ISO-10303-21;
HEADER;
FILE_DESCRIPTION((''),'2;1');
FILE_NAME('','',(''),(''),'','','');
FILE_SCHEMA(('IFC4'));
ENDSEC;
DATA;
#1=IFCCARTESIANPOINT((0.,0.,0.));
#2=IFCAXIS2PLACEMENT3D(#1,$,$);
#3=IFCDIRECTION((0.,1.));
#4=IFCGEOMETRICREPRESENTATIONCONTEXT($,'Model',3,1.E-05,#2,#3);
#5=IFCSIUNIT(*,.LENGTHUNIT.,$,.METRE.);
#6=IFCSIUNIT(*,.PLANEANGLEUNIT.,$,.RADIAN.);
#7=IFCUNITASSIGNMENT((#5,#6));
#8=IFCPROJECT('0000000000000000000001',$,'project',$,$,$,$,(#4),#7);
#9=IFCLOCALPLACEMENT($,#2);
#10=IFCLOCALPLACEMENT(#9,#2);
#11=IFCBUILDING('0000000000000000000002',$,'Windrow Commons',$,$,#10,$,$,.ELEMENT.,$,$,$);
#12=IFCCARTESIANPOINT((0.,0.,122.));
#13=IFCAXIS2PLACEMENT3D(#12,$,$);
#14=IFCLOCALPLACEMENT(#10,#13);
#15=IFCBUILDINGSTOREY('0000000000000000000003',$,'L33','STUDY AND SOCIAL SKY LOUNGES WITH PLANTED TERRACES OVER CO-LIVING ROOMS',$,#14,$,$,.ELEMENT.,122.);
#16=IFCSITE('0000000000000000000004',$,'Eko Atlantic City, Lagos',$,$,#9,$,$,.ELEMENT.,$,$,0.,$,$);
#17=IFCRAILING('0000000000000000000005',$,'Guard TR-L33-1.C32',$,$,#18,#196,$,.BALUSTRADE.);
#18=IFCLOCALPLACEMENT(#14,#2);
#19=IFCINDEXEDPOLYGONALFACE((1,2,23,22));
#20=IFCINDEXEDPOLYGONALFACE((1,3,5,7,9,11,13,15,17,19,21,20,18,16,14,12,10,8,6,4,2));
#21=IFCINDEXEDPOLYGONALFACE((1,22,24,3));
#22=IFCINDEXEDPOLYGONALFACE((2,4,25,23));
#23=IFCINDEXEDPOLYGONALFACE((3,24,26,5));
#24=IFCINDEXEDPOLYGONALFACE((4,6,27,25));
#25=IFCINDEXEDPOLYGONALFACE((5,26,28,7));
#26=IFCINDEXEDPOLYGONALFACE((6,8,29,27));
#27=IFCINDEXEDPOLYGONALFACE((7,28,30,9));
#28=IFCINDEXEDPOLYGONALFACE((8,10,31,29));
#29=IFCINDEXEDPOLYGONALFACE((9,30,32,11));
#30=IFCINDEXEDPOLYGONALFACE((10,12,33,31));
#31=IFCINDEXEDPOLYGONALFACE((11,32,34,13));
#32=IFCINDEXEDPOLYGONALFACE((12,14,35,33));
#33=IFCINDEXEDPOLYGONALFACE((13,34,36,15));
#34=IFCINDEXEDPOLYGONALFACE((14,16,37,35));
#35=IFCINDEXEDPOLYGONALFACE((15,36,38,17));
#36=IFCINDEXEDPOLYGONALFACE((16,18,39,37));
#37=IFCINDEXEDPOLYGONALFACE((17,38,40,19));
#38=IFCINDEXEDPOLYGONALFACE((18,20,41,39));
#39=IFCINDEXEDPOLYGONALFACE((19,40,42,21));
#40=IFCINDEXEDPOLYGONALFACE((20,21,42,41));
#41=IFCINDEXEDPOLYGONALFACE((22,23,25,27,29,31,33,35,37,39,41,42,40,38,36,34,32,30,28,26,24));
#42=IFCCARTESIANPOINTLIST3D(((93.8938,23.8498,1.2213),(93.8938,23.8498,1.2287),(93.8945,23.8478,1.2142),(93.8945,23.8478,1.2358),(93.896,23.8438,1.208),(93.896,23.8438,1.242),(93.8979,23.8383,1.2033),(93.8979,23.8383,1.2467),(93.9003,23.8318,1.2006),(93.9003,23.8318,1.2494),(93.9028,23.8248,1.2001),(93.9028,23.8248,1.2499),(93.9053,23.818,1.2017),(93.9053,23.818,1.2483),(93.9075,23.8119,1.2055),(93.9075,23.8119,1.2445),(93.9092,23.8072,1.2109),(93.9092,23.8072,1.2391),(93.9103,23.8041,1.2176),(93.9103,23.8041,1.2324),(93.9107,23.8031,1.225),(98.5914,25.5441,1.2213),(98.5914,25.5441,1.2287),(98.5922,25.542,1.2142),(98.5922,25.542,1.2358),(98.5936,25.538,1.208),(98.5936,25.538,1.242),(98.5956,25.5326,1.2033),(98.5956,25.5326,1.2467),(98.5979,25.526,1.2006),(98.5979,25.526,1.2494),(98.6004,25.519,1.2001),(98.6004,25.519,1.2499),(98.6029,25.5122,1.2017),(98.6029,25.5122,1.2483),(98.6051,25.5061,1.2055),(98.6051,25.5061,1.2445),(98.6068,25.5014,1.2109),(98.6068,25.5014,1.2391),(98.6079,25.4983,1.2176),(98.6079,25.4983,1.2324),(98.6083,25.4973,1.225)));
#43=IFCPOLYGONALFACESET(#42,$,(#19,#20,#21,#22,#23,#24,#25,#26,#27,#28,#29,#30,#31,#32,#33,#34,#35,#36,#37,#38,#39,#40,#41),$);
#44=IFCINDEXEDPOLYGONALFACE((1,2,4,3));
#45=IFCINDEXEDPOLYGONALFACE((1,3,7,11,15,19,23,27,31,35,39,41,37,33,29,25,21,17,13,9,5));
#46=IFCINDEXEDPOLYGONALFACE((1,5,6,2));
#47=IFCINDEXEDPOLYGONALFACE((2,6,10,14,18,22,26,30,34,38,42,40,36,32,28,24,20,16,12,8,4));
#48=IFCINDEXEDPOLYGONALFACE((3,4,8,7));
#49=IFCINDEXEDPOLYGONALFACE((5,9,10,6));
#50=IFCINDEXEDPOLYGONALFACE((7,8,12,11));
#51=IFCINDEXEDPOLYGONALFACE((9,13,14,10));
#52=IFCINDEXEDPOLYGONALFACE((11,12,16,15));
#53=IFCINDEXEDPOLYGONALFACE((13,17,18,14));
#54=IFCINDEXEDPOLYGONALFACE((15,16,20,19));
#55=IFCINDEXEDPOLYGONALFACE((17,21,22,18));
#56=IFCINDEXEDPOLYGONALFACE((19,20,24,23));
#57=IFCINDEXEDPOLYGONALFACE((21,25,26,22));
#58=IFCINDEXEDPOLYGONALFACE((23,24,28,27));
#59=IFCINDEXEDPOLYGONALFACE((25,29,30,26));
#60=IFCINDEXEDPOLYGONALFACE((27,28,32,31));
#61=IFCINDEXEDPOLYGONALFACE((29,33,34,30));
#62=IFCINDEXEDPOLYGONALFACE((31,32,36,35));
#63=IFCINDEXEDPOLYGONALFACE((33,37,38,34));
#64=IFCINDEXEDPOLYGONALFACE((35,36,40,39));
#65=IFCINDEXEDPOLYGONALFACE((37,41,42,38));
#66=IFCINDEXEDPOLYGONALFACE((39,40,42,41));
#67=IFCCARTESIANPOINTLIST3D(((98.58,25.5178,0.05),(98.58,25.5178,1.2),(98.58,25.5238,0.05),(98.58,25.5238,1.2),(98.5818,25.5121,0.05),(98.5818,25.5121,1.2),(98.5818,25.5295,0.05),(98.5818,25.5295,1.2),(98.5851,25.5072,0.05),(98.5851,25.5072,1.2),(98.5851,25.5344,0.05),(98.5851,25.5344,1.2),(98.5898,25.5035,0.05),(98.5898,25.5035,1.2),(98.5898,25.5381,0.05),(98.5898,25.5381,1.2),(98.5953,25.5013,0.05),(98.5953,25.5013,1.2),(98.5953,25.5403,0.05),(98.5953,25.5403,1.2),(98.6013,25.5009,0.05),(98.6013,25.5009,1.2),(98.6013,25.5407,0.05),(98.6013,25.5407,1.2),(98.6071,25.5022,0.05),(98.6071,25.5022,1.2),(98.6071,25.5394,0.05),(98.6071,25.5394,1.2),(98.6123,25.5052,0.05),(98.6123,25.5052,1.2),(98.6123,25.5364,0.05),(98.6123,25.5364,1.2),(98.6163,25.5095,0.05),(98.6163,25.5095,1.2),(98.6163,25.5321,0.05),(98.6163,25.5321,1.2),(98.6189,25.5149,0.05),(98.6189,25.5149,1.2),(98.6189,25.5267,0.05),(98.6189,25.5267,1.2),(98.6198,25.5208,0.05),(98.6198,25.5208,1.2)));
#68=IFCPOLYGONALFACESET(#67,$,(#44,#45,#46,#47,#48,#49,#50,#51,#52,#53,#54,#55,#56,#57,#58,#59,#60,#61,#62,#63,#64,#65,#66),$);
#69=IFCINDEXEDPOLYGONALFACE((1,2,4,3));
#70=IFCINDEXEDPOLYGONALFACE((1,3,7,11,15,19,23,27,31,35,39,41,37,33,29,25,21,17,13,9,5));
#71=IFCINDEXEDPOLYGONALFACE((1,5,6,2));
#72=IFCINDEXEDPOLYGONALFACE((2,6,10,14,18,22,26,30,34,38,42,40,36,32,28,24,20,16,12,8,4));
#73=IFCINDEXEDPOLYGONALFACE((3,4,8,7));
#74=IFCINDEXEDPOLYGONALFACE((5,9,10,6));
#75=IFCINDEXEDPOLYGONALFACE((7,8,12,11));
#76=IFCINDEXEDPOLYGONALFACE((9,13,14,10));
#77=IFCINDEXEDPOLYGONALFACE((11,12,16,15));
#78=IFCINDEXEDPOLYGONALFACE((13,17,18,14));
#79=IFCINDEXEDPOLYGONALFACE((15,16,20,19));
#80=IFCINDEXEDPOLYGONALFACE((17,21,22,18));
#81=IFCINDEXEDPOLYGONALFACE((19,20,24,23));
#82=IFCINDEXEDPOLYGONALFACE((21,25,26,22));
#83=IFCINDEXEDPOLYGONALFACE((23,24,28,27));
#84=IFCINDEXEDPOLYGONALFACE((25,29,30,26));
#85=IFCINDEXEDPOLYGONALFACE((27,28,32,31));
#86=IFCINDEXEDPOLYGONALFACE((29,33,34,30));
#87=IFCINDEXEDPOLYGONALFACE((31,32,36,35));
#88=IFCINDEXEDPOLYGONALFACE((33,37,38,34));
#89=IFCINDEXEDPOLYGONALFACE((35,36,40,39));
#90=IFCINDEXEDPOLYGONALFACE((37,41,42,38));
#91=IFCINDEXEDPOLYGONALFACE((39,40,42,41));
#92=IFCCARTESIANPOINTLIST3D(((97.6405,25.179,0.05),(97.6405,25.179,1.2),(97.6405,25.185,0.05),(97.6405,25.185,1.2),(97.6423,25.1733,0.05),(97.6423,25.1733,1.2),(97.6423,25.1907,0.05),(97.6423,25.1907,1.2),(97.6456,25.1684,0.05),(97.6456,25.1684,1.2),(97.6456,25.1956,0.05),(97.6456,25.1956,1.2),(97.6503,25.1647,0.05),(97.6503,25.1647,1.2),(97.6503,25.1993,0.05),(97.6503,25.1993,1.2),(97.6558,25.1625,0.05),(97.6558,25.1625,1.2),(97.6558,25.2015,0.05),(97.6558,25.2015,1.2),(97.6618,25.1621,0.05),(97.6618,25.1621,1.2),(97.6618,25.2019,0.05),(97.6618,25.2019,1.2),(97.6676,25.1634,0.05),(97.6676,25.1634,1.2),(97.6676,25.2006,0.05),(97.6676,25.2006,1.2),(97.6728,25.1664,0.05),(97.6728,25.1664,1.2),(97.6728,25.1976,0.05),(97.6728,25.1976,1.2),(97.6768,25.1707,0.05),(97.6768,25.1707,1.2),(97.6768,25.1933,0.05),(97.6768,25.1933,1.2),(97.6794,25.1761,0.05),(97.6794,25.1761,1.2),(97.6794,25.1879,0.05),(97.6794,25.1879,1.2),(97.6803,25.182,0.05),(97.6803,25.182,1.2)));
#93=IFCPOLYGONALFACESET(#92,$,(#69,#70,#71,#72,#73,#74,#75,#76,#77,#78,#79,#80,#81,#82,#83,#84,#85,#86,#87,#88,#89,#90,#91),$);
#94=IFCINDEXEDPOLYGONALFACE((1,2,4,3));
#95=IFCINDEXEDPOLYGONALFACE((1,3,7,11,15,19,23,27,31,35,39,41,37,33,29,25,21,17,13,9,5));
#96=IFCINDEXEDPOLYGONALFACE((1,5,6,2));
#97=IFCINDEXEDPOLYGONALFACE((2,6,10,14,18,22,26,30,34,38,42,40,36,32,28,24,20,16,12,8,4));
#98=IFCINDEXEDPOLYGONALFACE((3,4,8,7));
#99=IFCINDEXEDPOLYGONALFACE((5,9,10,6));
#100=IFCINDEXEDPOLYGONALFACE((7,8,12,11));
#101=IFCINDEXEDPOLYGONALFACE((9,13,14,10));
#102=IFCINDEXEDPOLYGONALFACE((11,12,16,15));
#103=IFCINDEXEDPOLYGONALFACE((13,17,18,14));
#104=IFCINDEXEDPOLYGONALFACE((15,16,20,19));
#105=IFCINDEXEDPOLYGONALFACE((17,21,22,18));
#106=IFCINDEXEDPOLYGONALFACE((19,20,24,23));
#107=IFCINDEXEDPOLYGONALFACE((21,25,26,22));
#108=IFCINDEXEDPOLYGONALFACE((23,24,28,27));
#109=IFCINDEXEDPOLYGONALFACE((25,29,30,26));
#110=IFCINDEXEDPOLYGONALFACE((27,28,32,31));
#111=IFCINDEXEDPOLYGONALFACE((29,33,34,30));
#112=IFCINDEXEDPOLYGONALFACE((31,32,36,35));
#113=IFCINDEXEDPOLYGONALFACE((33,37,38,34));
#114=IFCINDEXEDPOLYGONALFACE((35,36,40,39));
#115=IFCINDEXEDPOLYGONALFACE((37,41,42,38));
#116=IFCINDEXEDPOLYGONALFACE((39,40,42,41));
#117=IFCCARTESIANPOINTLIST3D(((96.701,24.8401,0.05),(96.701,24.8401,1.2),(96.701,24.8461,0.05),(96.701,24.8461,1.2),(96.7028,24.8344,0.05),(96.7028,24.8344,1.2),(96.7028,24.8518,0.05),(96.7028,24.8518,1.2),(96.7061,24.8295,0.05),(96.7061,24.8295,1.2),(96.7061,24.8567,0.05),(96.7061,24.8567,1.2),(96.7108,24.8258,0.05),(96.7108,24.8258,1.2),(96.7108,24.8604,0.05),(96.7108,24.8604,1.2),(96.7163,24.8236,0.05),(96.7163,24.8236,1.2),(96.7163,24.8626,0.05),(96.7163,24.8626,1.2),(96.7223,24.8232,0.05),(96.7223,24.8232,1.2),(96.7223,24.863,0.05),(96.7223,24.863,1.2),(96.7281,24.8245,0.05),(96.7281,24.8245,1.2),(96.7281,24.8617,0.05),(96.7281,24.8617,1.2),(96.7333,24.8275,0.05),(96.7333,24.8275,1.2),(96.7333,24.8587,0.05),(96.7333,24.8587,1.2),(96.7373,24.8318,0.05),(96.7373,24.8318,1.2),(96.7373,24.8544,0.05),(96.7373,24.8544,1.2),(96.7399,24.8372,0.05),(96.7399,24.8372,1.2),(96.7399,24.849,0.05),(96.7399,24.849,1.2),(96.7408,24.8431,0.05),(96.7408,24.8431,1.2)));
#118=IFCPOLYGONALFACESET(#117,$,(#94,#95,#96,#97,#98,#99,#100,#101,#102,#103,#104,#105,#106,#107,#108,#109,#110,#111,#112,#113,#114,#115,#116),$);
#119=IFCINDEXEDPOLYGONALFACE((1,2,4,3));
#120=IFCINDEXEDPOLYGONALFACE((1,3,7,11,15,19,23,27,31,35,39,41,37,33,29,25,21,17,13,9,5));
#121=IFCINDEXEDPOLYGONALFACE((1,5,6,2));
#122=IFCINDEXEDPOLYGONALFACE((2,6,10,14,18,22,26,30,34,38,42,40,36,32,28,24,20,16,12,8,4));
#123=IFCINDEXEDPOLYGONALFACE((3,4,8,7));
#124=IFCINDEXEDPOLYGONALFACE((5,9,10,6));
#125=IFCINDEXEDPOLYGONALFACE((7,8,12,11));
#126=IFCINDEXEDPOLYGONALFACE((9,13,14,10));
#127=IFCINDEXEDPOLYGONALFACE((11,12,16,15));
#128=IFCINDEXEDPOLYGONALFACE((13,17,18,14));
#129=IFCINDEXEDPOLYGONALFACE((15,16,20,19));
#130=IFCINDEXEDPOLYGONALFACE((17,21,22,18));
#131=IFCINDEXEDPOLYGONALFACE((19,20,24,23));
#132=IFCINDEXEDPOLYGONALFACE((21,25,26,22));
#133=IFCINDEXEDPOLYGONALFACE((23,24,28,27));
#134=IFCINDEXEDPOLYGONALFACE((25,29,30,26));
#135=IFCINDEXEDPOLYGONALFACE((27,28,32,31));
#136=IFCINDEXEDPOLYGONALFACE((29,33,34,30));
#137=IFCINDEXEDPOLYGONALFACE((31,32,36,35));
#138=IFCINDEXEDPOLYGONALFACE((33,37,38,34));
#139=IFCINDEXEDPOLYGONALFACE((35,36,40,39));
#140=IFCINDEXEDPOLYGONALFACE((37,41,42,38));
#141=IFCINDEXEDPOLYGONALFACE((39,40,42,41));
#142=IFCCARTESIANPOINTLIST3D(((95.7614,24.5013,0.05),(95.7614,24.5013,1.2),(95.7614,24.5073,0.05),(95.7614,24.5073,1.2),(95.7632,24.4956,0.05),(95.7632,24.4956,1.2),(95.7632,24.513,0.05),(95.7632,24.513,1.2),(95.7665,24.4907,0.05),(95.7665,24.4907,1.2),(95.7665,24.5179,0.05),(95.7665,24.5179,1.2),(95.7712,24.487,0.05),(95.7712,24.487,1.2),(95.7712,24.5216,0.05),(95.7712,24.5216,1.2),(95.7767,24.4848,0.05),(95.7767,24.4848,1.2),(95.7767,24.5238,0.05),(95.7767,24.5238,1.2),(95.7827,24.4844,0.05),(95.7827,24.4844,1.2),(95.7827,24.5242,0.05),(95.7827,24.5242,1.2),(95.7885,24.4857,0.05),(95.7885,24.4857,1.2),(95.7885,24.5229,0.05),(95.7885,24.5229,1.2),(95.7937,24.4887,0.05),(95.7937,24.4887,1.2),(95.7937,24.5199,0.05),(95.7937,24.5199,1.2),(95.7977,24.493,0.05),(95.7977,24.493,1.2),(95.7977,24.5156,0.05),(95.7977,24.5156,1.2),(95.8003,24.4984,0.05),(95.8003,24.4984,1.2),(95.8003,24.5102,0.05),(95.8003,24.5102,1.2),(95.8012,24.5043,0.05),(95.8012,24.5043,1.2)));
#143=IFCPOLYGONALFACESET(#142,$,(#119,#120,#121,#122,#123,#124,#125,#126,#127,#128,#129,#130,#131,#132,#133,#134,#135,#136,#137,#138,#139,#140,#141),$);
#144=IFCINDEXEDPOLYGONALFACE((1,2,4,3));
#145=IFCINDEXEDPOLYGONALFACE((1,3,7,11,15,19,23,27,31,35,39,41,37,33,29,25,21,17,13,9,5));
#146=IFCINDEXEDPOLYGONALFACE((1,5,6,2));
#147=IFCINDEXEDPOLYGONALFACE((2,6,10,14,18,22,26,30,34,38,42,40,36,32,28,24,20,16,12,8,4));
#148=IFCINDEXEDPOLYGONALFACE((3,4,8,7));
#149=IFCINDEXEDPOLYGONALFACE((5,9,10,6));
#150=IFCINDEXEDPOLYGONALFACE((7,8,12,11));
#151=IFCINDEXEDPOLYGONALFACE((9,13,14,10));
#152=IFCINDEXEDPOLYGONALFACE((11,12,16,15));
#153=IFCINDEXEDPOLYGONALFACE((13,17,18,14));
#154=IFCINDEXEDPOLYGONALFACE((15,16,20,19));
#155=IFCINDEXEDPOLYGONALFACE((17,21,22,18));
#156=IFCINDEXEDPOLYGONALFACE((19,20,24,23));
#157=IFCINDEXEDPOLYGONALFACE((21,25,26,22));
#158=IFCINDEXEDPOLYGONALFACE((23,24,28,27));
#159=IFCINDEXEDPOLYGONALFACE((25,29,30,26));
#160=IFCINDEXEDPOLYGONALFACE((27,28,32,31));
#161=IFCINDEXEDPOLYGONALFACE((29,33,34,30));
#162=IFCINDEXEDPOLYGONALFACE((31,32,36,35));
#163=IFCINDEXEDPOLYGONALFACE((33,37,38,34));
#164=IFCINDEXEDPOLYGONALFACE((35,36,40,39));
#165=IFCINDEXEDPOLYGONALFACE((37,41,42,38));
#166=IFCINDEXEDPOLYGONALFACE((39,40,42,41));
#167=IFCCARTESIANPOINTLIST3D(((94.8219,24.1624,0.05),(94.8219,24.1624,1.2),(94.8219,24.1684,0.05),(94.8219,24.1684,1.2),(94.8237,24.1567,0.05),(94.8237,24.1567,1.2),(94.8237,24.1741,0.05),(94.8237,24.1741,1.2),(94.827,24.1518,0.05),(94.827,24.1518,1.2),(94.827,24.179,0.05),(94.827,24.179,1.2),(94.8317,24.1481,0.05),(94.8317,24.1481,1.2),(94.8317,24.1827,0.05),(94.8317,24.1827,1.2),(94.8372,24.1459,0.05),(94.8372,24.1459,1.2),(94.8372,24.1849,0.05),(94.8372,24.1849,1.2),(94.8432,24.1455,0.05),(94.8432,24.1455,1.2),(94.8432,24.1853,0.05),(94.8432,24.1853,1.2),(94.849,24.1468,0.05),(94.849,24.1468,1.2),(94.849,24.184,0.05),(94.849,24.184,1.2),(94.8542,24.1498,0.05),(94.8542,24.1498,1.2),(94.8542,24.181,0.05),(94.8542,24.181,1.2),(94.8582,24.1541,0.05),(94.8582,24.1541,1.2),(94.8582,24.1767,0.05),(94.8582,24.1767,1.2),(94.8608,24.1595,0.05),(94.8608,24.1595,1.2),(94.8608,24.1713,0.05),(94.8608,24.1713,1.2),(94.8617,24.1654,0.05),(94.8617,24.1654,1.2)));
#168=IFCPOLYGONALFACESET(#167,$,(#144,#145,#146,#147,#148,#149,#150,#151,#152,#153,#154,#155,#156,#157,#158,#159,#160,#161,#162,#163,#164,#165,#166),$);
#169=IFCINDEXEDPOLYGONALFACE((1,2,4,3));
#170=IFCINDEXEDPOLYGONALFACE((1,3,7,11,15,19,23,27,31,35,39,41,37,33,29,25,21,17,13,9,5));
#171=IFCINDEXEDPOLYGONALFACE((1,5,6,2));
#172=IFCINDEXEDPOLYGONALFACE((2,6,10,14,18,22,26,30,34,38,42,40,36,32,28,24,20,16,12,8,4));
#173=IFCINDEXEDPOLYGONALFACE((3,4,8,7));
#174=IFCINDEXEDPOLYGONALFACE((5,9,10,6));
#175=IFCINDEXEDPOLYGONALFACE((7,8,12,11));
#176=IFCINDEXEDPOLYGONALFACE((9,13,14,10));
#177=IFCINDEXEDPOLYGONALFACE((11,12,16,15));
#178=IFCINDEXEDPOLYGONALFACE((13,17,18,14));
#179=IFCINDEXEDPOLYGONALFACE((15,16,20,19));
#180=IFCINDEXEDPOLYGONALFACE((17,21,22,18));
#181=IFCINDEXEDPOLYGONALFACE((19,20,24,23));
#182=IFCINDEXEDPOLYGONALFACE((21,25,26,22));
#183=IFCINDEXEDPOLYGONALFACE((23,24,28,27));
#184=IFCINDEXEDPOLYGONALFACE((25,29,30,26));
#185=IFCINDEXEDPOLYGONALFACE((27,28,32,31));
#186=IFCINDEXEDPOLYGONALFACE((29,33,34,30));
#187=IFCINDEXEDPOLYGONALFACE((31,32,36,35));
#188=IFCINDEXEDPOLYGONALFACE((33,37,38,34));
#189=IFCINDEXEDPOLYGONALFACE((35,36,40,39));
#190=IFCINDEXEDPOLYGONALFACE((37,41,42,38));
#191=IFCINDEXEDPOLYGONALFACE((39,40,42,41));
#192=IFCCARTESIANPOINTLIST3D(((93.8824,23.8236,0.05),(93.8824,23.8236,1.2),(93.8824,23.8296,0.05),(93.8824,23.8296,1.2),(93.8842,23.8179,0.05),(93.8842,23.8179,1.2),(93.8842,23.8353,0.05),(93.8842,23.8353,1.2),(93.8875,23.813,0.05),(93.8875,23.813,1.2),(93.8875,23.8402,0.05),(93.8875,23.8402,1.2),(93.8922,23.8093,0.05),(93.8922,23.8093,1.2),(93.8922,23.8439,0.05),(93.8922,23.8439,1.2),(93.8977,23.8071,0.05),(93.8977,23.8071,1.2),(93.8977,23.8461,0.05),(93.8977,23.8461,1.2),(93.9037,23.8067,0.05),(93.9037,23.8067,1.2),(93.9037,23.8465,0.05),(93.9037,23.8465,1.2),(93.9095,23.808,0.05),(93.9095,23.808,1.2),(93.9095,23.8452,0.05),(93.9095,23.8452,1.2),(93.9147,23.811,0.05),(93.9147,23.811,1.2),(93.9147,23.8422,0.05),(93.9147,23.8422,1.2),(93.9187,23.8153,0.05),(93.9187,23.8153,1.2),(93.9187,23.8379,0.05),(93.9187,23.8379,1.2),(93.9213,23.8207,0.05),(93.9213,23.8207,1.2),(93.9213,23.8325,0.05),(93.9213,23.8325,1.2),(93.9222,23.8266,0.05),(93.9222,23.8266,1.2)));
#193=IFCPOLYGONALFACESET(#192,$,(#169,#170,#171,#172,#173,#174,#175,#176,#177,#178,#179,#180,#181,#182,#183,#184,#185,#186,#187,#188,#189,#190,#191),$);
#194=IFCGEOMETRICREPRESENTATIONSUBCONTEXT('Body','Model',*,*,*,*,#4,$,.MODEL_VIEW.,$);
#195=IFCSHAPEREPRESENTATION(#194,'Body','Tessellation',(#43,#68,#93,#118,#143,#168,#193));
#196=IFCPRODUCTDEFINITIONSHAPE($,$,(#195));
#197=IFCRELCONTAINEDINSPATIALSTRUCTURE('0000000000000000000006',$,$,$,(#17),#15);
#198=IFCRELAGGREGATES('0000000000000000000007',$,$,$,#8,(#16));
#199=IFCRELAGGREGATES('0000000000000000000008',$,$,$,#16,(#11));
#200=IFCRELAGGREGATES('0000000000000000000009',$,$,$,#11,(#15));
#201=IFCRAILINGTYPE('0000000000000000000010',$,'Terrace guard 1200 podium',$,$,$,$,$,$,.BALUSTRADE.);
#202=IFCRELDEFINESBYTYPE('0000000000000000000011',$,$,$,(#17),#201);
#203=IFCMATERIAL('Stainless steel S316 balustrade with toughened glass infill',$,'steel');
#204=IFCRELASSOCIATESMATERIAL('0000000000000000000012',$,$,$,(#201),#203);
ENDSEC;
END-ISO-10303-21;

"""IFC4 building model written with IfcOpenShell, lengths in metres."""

from ifc_helpers import new_model, si_unit, direction, frame, origin, origin_2d, place, context, subcontext, project, spatial, circle, extrude, material, type_object, element, save


model = new_model("IFC4")

# Units and contexts
model_context = context("Model", 3, precision=1e-05, world=origin(), true_north=direction((0.0, 1.0)))
body_context = subcontext(model_context, "Body", "Model", "MODEL_VIEW")
ifc_project = project(units=[si_unit("LENGTHUNIT", "METRE"), si_unit("PLANEANGLEUNIT", "RADIAN")], contexts=[model_context])

# Site, building, storey
site_placement = place(None, origin())
site = spatial("IfcSite", under=ifc_project, at=site_placement, Name="Eko Atlantic City, Lagos", CompositionType="ELEMENT", RefElevation=0.0)
building_placement = place(site_placement, origin())
building = spatial("IfcBuilding", under=site, at=building_placement, Name="Windrow Commons", CompositionType="ELEMENT")
storey_placement = place(building_placement, frame((0.0, 0.0, 122.0)))
storey = spatial("IfcBuildingStorey", under=building, at=storey_placement, Name="L33", Description="STUDY AND SOCIAL SKY LOUNGES WITH PLANTED TERRACES OVER CO-LIVING ROOMS", CompositionType="ELEMENT", Elevation=122.0)

# Railing
ifc_material_1 = material(Name="Stainless steel S316 balustrade with toughened glass infill", Category="steel")
railing_type = type_object("IfcRailingType", Name="Terrace guard 1200 podium", PredefinedType="BALUSTRADE", material=ifc_material_1)
railing_1_placement = place(storey_placement, frame((98.5998, 25.5208, 0.05)))
element("IfcRailing", 1, at=railing_1_placement, inside=storey, type_object=railing_type, Name="Guard TR-L33-1.C32", PredefinedType="BALUSTRADE", context=body_context, shape_type="SweptSolid", body=[
    extrude(circle(Radius=0.025, at=origin_2d()), frame((0.0, 0.0, 1.175), z_axis=(-0.940692, -0.339263, 0.0), x_axis=(0.339263, -0.940692, 0.0)), (0.0, 0.0, 1.0), 4.9938),
    extrude(circle(Radius=0.02, at=origin_2d()), origin(), (0.0, 0.0, 1.0), 1.15),
    extrude(circle(Radius=0.02, at=origin_2d()), frame((-0.9395, -0.3388, 0.0)), (0.0, 0.0, 1.0), 1.15),
    extrude(circle(Radius=0.02, at=origin_2d()), frame((-1.879, -0.6777, 0.0)), (0.0, 0.0, 1.0), 1.15),
    extrude(circle(Radius=0.02, at=origin_2d()), frame((-2.8186, -1.0165, 0.0)), (0.0, 0.0, 1.0), 1.15),
    extrude(circle(Radius=0.02, at=origin_2d()), frame((-3.7581, -1.3554, 0.0)), (0.0, 0.0, 1.0), 1.15),
    extrude(circle(Radius=0.02, at=origin_2d()), frame((-4.6976, -1.6942, 0.0)), (0.0, 0.0, 1.0), 1.15),
])

save(model, "model.ifc")
